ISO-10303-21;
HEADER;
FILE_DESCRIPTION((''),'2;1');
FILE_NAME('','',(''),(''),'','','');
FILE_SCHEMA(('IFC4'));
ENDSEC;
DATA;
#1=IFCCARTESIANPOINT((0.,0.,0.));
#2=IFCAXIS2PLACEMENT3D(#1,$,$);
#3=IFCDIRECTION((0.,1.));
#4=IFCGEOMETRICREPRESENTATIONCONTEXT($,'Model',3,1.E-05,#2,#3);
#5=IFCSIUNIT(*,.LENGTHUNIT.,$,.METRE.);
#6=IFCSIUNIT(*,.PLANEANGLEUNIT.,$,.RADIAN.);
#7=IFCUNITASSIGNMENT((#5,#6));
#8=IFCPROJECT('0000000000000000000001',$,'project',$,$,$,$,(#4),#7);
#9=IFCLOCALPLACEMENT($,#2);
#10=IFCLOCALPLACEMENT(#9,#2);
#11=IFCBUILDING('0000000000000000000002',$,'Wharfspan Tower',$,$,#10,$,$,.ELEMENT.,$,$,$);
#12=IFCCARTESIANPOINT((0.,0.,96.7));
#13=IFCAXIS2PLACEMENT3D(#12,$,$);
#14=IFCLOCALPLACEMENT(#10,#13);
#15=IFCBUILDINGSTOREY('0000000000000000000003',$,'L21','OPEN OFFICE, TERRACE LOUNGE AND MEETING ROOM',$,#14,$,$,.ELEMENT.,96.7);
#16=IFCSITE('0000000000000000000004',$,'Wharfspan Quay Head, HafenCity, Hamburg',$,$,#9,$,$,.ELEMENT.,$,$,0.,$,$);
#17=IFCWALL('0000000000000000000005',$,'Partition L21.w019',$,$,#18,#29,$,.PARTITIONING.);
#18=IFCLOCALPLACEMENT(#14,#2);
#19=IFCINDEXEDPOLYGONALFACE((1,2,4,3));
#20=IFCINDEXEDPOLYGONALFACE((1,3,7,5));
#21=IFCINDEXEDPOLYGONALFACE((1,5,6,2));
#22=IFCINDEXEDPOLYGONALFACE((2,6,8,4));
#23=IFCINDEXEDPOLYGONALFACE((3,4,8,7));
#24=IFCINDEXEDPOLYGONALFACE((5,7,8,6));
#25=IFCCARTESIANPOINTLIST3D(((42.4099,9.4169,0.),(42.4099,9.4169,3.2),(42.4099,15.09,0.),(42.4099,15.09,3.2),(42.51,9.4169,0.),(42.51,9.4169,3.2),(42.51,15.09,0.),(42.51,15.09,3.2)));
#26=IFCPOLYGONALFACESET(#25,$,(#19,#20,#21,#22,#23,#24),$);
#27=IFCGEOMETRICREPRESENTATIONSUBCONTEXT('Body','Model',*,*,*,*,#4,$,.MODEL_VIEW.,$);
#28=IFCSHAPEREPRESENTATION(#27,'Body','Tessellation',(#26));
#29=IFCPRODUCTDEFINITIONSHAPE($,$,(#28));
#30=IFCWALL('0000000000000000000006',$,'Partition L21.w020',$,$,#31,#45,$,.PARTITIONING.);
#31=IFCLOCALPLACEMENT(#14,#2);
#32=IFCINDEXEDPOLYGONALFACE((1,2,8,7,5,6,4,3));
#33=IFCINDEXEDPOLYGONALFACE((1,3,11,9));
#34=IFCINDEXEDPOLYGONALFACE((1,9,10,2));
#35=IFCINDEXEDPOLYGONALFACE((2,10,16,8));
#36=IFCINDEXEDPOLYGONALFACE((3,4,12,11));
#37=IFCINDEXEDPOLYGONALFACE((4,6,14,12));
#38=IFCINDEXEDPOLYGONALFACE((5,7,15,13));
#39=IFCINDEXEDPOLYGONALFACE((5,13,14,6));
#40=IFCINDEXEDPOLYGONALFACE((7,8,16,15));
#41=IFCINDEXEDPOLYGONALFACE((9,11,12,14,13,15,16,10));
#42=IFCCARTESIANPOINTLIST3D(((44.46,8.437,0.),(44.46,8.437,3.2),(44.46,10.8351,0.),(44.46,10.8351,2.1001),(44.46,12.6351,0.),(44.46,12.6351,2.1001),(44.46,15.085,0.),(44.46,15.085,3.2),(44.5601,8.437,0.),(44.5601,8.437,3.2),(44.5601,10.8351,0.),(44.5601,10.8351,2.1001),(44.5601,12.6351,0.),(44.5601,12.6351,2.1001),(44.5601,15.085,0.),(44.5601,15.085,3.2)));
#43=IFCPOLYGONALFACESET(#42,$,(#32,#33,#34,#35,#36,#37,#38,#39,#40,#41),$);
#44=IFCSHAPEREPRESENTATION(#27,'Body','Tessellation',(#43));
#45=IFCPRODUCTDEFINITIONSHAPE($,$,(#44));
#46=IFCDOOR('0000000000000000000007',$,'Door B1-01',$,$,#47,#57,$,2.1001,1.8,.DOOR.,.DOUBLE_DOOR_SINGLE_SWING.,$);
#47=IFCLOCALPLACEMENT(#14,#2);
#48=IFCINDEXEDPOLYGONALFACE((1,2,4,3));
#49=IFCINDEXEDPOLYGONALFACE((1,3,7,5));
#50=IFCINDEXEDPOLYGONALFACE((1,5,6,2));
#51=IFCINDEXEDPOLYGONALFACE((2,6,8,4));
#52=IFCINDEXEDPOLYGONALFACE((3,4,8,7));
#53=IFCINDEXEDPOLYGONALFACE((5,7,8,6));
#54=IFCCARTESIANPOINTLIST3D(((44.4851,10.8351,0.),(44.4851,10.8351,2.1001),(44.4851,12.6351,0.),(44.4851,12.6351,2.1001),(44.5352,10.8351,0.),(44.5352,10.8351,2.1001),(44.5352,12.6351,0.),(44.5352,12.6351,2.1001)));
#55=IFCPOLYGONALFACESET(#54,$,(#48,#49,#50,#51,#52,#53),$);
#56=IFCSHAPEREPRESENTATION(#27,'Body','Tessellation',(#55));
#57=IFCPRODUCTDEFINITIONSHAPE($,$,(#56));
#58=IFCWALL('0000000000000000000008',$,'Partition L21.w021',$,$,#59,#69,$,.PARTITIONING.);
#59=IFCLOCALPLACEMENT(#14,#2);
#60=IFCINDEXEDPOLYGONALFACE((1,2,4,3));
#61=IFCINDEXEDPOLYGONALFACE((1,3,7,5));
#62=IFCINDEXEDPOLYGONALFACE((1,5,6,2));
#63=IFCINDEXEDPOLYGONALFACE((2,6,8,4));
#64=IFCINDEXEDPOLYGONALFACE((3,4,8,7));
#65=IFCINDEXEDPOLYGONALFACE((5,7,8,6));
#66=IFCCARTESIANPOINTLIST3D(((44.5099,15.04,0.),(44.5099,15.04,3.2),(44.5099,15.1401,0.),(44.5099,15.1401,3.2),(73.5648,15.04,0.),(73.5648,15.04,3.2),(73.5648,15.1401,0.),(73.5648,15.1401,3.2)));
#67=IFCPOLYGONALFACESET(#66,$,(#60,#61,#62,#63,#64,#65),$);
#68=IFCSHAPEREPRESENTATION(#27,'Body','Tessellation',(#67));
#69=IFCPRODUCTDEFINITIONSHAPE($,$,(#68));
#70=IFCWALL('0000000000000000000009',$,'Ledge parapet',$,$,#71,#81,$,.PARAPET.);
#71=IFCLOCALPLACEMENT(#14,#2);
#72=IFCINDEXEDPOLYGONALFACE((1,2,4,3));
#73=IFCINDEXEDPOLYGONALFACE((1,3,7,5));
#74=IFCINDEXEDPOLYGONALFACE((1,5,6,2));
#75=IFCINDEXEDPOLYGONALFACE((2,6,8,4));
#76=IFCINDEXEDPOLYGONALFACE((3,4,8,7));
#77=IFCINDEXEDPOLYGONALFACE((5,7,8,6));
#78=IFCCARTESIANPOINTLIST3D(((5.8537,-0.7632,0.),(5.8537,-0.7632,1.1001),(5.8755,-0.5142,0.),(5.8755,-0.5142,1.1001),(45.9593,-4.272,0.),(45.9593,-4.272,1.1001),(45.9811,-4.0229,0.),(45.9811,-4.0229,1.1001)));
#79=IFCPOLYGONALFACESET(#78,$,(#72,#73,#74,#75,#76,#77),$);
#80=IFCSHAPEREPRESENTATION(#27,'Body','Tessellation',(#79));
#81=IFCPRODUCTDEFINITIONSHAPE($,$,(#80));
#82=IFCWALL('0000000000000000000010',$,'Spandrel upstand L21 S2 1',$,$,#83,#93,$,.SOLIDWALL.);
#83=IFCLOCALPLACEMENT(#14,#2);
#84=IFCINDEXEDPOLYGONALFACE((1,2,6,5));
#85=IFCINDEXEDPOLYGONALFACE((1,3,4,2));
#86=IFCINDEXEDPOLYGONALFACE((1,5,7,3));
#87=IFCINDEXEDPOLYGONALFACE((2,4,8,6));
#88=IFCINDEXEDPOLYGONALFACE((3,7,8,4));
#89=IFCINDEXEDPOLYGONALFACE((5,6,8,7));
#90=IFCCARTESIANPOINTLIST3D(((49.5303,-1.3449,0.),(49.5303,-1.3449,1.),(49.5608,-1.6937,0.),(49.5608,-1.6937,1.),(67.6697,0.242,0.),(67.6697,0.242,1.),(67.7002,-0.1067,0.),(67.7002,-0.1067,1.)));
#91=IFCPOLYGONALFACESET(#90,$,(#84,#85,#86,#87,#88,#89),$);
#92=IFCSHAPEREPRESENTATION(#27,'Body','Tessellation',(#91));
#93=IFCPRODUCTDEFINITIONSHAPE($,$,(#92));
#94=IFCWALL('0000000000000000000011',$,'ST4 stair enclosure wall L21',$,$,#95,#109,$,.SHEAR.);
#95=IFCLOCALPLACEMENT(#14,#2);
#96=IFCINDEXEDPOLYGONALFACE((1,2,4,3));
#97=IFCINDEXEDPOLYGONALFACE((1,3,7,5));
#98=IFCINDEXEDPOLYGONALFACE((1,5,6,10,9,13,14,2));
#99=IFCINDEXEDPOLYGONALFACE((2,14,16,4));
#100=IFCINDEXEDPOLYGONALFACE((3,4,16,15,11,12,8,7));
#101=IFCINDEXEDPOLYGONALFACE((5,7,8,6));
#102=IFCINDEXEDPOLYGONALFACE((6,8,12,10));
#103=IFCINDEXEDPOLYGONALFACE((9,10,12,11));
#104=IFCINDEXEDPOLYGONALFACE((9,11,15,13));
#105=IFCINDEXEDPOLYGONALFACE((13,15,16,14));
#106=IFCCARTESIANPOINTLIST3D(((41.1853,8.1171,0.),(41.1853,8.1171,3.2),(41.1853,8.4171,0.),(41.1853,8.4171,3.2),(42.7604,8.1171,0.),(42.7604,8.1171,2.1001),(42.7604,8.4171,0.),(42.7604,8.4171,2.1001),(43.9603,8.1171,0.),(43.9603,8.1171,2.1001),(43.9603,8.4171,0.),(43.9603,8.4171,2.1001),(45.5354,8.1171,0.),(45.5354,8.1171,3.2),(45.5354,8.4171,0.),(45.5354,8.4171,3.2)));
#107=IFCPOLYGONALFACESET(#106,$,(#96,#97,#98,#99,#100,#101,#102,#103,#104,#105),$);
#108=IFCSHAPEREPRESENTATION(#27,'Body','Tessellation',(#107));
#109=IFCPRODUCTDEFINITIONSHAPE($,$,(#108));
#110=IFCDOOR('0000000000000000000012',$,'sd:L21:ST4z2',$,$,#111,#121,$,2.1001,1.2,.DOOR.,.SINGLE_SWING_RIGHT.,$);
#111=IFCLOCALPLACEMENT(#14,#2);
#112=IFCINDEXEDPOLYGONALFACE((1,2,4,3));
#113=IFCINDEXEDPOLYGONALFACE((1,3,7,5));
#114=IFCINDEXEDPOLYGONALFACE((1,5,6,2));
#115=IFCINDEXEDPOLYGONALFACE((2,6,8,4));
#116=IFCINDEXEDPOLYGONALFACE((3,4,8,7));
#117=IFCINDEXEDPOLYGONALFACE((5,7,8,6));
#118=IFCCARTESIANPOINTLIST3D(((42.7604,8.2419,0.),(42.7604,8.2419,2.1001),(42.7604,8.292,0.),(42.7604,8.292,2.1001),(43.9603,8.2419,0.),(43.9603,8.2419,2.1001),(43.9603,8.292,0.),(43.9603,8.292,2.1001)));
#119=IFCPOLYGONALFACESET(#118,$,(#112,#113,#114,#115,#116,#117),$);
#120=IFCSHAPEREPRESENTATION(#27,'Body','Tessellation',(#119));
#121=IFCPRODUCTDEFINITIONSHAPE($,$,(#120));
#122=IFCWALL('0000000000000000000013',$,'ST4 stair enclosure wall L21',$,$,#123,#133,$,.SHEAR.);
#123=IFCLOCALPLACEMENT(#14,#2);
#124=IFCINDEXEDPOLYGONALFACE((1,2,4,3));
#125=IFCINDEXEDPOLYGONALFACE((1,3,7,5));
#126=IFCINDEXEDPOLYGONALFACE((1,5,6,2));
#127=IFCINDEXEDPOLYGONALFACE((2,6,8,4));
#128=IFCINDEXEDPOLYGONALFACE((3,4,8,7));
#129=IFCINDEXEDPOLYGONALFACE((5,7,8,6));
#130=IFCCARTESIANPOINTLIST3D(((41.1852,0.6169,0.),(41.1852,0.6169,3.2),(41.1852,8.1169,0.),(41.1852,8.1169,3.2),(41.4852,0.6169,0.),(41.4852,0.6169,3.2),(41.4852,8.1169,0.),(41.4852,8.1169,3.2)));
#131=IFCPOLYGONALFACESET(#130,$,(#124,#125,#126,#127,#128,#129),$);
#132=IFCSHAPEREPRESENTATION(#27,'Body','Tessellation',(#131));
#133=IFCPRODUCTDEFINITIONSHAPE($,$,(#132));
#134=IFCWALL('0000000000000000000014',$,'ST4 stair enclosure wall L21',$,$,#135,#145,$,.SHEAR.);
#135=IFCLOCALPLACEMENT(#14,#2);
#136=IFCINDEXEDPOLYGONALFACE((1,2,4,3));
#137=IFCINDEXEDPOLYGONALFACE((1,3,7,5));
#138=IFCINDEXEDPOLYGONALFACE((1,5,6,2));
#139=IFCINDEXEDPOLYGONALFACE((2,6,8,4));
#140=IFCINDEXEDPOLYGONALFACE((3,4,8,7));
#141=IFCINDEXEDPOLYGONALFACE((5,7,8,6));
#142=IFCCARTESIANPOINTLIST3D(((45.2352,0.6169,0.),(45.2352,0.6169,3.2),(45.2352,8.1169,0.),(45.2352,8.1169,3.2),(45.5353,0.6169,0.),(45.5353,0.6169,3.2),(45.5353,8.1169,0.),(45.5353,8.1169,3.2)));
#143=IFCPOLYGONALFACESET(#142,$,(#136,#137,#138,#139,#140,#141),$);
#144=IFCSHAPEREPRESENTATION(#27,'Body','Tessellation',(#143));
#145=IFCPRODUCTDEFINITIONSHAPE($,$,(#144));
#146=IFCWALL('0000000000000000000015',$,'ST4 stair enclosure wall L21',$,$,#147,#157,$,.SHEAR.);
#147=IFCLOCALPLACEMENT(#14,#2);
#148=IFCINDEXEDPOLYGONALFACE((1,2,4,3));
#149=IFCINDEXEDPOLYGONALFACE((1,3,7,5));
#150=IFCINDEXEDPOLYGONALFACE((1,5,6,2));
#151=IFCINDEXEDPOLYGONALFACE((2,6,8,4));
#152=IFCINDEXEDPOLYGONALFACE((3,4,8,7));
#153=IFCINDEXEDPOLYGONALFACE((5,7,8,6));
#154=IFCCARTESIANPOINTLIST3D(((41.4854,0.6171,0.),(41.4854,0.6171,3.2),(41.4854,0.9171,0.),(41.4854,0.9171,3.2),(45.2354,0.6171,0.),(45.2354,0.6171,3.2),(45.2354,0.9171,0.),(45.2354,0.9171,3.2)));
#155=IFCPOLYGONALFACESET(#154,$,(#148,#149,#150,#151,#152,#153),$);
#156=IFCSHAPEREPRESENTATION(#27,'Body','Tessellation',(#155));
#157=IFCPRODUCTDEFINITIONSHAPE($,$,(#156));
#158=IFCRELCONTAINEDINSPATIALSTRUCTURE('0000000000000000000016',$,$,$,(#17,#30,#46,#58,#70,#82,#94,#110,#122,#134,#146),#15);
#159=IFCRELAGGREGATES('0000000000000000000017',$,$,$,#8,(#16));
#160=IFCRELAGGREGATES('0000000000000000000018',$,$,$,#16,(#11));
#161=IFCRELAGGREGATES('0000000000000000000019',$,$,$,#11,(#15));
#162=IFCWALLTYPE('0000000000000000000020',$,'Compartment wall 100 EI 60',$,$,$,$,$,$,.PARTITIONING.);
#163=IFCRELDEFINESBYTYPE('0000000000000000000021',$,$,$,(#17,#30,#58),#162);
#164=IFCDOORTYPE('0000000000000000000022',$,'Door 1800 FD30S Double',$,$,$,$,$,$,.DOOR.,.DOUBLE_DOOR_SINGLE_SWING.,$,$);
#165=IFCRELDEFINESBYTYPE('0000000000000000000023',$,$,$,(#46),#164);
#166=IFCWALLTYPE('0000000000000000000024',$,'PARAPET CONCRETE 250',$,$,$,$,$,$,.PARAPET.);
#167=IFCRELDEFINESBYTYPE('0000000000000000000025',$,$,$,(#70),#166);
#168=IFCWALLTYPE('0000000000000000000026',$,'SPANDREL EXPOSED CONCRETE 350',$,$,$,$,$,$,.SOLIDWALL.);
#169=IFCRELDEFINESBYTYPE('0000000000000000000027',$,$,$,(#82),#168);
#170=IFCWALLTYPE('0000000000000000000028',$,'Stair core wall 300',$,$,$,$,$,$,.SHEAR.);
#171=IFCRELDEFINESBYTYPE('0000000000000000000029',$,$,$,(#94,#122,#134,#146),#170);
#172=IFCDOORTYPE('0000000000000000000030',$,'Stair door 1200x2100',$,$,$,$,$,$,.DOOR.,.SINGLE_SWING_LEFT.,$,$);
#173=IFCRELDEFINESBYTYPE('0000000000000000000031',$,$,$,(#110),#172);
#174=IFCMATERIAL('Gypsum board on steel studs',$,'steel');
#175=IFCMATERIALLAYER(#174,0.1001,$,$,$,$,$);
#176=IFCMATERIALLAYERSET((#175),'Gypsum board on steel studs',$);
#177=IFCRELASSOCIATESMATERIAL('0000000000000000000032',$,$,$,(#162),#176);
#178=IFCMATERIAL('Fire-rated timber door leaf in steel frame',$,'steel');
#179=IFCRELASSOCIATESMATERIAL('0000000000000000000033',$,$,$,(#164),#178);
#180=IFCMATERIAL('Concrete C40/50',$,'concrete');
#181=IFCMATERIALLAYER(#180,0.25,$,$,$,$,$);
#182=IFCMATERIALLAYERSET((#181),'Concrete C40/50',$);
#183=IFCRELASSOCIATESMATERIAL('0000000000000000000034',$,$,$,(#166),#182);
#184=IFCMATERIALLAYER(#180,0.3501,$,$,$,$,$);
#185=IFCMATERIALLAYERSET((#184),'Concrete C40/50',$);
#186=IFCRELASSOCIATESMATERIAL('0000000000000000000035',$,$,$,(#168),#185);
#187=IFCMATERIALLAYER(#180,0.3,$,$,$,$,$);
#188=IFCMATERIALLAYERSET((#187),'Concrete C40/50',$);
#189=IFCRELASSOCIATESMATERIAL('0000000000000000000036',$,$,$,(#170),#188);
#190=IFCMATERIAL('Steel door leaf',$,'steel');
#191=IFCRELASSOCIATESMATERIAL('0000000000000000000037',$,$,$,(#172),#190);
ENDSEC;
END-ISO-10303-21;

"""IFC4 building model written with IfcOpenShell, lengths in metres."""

from ifc_helpers import new_model, si_unit, direction, frame, frame_2d, origin, place, context, subcontext, project, spatial, rectangle, extrude, material, layer, layer_set, type_object, element, fill, save


model = new_model("IFC4")

# Units and contexts
model_context = context("Model", 3, precision=1e-05, world=origin(), true_north=direction((0.0, 1.0)))
body_context = subcontext(model_context, "Body", "Model", "MODEL_VIEW")
ifc_project = project(units=[si_unit("LENGTHUNIT", "METRE"), si_unit("PLANEANGLEUNIT", "RADIAN")], contexts=[model_context])

# Site, building, storey
site_placement = place(None, origin())
site = spatial("IfcSite", under=ifc_project, at=site_placement, Name="Wharfspan Quay Head, HafenCity, Hamburg", CompositionType="ELEMENT", RefElevation=0.0)
building_placement = place(site_placement, origin())
building = spatial("IfcBuilding", under=site, at=building_placement, Name="Wharfspan Tower", CompositionType="ELEMENT")
storey_placement = place(building_placement, frame((0.0, 0.0, 96.7)))
storey = spatial("IfcBuildingStorey", under=building, at=storey_placement, Name="L21", Description="OPEN OFFICE, TERRACE LOUNGE AND MEETING ROOM", CompositionType="ELEMENT", Elevation=96.7)

# Wall
ifc_material_1 = material(Name="Gypsum board on steel studs", Category="steel")
ifc_layer_1 = layer(ifc_material_1, 0.1001)
ifc_layer_set_1 = layer_set([ifc_layer_1], Name="Gypsum board on steel studs")
wall_type_1 = type_object("IfcWallType", Name="Compartment wall 100 EI 60", PredefinedType="PARTITIONING", material=ifc_layer_set_1)
wall_1_placement = place(storey_placement, frame((42.46, 9.417, 0.0), z_axis=(0.0, 0.0, 1.0), x_axis=(0.0, 1.0, 0.0)))
element("IfcWall", 1, at=wall_1_placement, inside=storey, type_object=wall_type_1, Name="Partition L21.w019", PredefinedType="PARTITIONING", context=body_context, shape_type="SweptSolid", body=[
    extrude(rectangle(XDim=5.6731, YDim=0.1001, at=frame_2d((2.8364, 0.0))), origin(), (0.0, 0.0, 1.0), 3.2),
])

# Wall, opening, door
wall_2_placement = place(storey_placement, frame((44.51, 8.437, 0.0), z_axis=(0.0, 0.0, 1.0), x_axis=(0.0, 1.0, 0.0)))
wall_2 = element("IfcWall", 2, at=wall_2_placement, inside=storey, type_object=wall_type_1, Name="Partition L21.w020", PredefinedType="PARTITIONING", context=body_context, shape_type="SweptSolid", body=[
    extrude(rectangle(XDim=6.6479, YDim=0.1001, at=frame_2d((3.324, 0.0))), origin(), (0.0, 0.0, 1.0), 3.2),
])
opening_1_placement = place(wall_2_placement, frame((2.3982, 0.0, 0.0)))
opening_1 = element("IfcOpeningElement", 3, at=opening_1_placement, cuts=wall_2, PredefinedType="OPENING", context=body_context, shape_type="SweptSolid", body=[
    extrude(rectangle(XDim=1.8, YDim=2.1001, at=frame_2d((0.8999, 1.05))), frame((0.0, 0.0601, 0.0), z_axis=(0.0, -1.0, 0.0), x_axis=(1.0, 0.0, 0.0)), (0.0, 0.0, 1.0), 0.1201),
])
ifc_material_2 = material(Name="Fire-rated timber door leaf in steel frame", Category="steel")
door_type_1 = type_object("IfcDoorType", Name="Door 1800 FD30S Double", OperationType="DOUBLE_DOOR_SINGLE_SWING", PredefinedType="DOOR", material=ifc_material_2)
door_1_placement = place(opening_1_placement, origin())
door_1 = element("IfcDoor", 4, at=door_1_placement, inside=storey, type_object=door_type_1, Name="Door B1-01", OperationType="DOUBLE_DOOR_SINGLE_SWING", OverallHeight=2.1001, OverallWidth=1.8, PredefinedType="DOOR", context=body_context, shape_type="SweptSolid", body=[
    extrude(rectangle(XDim=1.8, YDim=2.1001, at=frame_2d((0.8999, 1.05))), frame((0.0, 0.0249, 0.0), z_axis=(0.0, -1.0, 0.0), x_axis=(1.0, 0.0, 0.0)), (0.0, 0.0, 1.0), 0.05),
])
fill(opening_1, door_1)

# Walls
wall_3_placement = place(storey_placement, frame((44.51, 15.0901, 0.0), z_axis=(0.0, 0.0, 1.0), x_axis=(1.0, 0.0, 0.0)))
element("IfcWall", 5, at=wall_3_placement, inside=storey, type_object=wall_type_1, Name="Partition L21.w021", PredefinedType="PARTITIONING", context=body_context, shape_type="SweptSolid", body=[
    extrude(rectangle(XDim=29.0549, YDim=0.1001, at=frame_2d((14.5273, 0.0))), origin(), (0.0, 0.0, 1.0), 3.2),
])
ifc_material_3 = material(Name="Concrete C40/50", Category="concrete")
ifc_layer_2 = layer(ifc_material_3, 0.25)
ifc_layer_set_2 = layer_set([ifc_layer_2], Name="Concrete C40/50")
wall_type_2 = type_object("IfcWallType", Name="PARAPET CONCRETE 250", PredefinedType="PARAPET", material=ifc_layer_set_2)
wall_4_placement = place(storey_placement, frame((45.9702, -4.1475, 0.0), z_axis=(0.0, 0.0, 1.0), x_axis=(-0.996199, 0.087156, 0.0)))
element("IfcWall", 6, at=wall_4_placement, inside=storey, type_object=wall_type_2, Name="Ledge parapet", PredefinedType="PARAPET", context=body_context, shape_type="SweptSolid", body=[
    extrude(rectangle(XDim=40.2588, YDim=0.25, at=frame_2d((20.1294, 0.0))), origin(), (0.0, 0.0, 1.0), 1.1001),
])
ifc_layer_3 = layer(ifc_material_3, 0.3501)
ifc_layer_set_3 = layer_set([ifc_layer_3], Name="Concrete C40/50")
wall_type_3 = type_object("IfcWallType", Name="SPANDREL EXPOSED CONCRETE 350", PredefinedType="SOLIDWALL", material=ifc_layer_set_3)
wall_5_placement = place(storey_placement, frame((49.5454, -1.5193, 0.0), z_axis=(0.0, 0.0, 1.0), x_axis=(0.996191, 0.087151, 0.0)))
element("IfcWall", 7, at=wall_5_placement, inside=storey, type_object=wall_type_3, Name="Spandrel upstand L21 S2 1", PredefinedType="SOLIDWALL", context=body_context, shape_type="SweptSolid", body=[
    extrude(rectangle(XDim=18.2087, YDim=0.3501, at=frame_2d((9.1045, 0.0))), origin(), (0.0, 0.0, 1.0), 1.0),
])

# Wall, opening, door
ifc_layer_4 = layer(ifc_material_3, 0.3)
ifc_layer_set_4 = layer_set([ifc_layer_4], Name="Concrete C40/50")
wall_type_4 = type_object("IfcWallType", Name="Stair core wall 300", PredefinedType="SHEAR", material=ifc_layer_set_4)
wall_6_placement = place(storey_placement, frame((41.1853, 8.2671, 0.0), z_axis=(0.0, 0.0, 1.0), x_axis=(1.0, 0.0, 0.0)))
wall_6 = element("IfcWall", 8, at=wall_6_placement, inside=storey, type_object=wall_type_4, Name="ST4 stair enclosure wall L21", PredefinedType="SHEAR", context=body_context, shape_type="SweptSolid", body=[
    extrude(rectangle(XDim=4.3501, YDim=0.3, at=frame_2d((2.175, 0.0))), origin(), (0.0, 0.0, 1.0), 3.2),
])
opening_2_placement = place(wall_6_placement, frame((1.575, 0.0, 0.0)))
opening_2 = element("IfcOpeningElement", 9, at=opening_2_placement, cuts=wall_6, PredefinedType="OPENING", context=body_context, shape_type="SweptSolid", body=[
    extrude(rectangle(XDim=1.2, YDim=2.1001, at=frame_2d((0.6001, 1.05))), frame((0.0, 0.1599, 0.0), z_axis=(0.0, -1.0, 0.0), x_axis=(1.0, 0.0, 0.0)), (0.0, 0.0, 1.0), 0.3201),
])
ifc_material_4 = material(Name="Steel door leaf", Category="steel")
door_type_2 = type_object("IfcDoorType", Name="Stair door 1200x2100", OperationType="SINGLE_SWING_LEFT", PredefinedType="DOOR", material=ifc_material_4)
door_2_placement = place(opening_2_placement, origin())
door_2 = element("IfcDoor", 10, at=door_2_placement, inside=storey, type_object=door_type_2, Name="sd:L21:ST4z2", OperationType="SINGLE_SWING_RIGHT", OverallHeight=2.1001, OverallWidth=1.2, PredefinedType="DOOR", context=body_context, shape_type="SweptSolid", body=[
    extrude(rectangle(XDim=1.2, YDim=2.1001, at=frame_2d((0.6001, 1.05))), frame((0.0, 0.0249, 0.0), z_axis=(0.0, -1.0, 0.0), x_axis=(1.0, 0.0, 0.0)), (0.0, 0.0, 1.0), 0.05),
])
fill(opening_2, door_2)

# Walls
for number, where, z_axis, x_axis, name in (
    (11, (41.3352, 0.6169, 0.0), (0.0, 0.0, 1.0), (0.0, 1.0, 0.0), "ST4 stair enclosure wall L21"),
    (12, (45.3853, 0.6169, 0.0), (0.0, 0.0, 1.0), (0.0, 1.0, 0.0), "ST4 stair enclosure wall L21"),
):
    element("IfcWall", number, at=place(storey_placement, frame(where, z_axis=z_axis, x_axis=x_axis)), inside=storey, type_object=wall_type_4, Name=name, PredefinedType="SHEAR", context=body_context, shape_type="SweptSolid", body=[
        extrude(rectangle(XDim=7.5, YDim=0.3, at=frame_2d((3.75, 0.0))), origin(), (0.0, 0.0, 1.0), 3.2),
    ])
wall_7_placement = place(storey_placement, frame((41.4854, 0.7671, 0.0), z_axis=(0.0, 0.0, 1.0), x_axis=(1.0, 0.0, 0.0)))
element("IfcWall", 13, at=wall_7_placement, inside=storey, type_object=wall_type_4, Name="ST4 stair enclosure wall L21", PredefinedType="SHEAR", context=body_context, shape_type="SweptSolid", body=[
    extrude(rectangle(XDim=3.75, YDim=0.3, at=frame_2d((1.875, 0.0))), origin(), (0.0, 0.0, 1.0), 3.2),
])

save(model, "model.ifc")
